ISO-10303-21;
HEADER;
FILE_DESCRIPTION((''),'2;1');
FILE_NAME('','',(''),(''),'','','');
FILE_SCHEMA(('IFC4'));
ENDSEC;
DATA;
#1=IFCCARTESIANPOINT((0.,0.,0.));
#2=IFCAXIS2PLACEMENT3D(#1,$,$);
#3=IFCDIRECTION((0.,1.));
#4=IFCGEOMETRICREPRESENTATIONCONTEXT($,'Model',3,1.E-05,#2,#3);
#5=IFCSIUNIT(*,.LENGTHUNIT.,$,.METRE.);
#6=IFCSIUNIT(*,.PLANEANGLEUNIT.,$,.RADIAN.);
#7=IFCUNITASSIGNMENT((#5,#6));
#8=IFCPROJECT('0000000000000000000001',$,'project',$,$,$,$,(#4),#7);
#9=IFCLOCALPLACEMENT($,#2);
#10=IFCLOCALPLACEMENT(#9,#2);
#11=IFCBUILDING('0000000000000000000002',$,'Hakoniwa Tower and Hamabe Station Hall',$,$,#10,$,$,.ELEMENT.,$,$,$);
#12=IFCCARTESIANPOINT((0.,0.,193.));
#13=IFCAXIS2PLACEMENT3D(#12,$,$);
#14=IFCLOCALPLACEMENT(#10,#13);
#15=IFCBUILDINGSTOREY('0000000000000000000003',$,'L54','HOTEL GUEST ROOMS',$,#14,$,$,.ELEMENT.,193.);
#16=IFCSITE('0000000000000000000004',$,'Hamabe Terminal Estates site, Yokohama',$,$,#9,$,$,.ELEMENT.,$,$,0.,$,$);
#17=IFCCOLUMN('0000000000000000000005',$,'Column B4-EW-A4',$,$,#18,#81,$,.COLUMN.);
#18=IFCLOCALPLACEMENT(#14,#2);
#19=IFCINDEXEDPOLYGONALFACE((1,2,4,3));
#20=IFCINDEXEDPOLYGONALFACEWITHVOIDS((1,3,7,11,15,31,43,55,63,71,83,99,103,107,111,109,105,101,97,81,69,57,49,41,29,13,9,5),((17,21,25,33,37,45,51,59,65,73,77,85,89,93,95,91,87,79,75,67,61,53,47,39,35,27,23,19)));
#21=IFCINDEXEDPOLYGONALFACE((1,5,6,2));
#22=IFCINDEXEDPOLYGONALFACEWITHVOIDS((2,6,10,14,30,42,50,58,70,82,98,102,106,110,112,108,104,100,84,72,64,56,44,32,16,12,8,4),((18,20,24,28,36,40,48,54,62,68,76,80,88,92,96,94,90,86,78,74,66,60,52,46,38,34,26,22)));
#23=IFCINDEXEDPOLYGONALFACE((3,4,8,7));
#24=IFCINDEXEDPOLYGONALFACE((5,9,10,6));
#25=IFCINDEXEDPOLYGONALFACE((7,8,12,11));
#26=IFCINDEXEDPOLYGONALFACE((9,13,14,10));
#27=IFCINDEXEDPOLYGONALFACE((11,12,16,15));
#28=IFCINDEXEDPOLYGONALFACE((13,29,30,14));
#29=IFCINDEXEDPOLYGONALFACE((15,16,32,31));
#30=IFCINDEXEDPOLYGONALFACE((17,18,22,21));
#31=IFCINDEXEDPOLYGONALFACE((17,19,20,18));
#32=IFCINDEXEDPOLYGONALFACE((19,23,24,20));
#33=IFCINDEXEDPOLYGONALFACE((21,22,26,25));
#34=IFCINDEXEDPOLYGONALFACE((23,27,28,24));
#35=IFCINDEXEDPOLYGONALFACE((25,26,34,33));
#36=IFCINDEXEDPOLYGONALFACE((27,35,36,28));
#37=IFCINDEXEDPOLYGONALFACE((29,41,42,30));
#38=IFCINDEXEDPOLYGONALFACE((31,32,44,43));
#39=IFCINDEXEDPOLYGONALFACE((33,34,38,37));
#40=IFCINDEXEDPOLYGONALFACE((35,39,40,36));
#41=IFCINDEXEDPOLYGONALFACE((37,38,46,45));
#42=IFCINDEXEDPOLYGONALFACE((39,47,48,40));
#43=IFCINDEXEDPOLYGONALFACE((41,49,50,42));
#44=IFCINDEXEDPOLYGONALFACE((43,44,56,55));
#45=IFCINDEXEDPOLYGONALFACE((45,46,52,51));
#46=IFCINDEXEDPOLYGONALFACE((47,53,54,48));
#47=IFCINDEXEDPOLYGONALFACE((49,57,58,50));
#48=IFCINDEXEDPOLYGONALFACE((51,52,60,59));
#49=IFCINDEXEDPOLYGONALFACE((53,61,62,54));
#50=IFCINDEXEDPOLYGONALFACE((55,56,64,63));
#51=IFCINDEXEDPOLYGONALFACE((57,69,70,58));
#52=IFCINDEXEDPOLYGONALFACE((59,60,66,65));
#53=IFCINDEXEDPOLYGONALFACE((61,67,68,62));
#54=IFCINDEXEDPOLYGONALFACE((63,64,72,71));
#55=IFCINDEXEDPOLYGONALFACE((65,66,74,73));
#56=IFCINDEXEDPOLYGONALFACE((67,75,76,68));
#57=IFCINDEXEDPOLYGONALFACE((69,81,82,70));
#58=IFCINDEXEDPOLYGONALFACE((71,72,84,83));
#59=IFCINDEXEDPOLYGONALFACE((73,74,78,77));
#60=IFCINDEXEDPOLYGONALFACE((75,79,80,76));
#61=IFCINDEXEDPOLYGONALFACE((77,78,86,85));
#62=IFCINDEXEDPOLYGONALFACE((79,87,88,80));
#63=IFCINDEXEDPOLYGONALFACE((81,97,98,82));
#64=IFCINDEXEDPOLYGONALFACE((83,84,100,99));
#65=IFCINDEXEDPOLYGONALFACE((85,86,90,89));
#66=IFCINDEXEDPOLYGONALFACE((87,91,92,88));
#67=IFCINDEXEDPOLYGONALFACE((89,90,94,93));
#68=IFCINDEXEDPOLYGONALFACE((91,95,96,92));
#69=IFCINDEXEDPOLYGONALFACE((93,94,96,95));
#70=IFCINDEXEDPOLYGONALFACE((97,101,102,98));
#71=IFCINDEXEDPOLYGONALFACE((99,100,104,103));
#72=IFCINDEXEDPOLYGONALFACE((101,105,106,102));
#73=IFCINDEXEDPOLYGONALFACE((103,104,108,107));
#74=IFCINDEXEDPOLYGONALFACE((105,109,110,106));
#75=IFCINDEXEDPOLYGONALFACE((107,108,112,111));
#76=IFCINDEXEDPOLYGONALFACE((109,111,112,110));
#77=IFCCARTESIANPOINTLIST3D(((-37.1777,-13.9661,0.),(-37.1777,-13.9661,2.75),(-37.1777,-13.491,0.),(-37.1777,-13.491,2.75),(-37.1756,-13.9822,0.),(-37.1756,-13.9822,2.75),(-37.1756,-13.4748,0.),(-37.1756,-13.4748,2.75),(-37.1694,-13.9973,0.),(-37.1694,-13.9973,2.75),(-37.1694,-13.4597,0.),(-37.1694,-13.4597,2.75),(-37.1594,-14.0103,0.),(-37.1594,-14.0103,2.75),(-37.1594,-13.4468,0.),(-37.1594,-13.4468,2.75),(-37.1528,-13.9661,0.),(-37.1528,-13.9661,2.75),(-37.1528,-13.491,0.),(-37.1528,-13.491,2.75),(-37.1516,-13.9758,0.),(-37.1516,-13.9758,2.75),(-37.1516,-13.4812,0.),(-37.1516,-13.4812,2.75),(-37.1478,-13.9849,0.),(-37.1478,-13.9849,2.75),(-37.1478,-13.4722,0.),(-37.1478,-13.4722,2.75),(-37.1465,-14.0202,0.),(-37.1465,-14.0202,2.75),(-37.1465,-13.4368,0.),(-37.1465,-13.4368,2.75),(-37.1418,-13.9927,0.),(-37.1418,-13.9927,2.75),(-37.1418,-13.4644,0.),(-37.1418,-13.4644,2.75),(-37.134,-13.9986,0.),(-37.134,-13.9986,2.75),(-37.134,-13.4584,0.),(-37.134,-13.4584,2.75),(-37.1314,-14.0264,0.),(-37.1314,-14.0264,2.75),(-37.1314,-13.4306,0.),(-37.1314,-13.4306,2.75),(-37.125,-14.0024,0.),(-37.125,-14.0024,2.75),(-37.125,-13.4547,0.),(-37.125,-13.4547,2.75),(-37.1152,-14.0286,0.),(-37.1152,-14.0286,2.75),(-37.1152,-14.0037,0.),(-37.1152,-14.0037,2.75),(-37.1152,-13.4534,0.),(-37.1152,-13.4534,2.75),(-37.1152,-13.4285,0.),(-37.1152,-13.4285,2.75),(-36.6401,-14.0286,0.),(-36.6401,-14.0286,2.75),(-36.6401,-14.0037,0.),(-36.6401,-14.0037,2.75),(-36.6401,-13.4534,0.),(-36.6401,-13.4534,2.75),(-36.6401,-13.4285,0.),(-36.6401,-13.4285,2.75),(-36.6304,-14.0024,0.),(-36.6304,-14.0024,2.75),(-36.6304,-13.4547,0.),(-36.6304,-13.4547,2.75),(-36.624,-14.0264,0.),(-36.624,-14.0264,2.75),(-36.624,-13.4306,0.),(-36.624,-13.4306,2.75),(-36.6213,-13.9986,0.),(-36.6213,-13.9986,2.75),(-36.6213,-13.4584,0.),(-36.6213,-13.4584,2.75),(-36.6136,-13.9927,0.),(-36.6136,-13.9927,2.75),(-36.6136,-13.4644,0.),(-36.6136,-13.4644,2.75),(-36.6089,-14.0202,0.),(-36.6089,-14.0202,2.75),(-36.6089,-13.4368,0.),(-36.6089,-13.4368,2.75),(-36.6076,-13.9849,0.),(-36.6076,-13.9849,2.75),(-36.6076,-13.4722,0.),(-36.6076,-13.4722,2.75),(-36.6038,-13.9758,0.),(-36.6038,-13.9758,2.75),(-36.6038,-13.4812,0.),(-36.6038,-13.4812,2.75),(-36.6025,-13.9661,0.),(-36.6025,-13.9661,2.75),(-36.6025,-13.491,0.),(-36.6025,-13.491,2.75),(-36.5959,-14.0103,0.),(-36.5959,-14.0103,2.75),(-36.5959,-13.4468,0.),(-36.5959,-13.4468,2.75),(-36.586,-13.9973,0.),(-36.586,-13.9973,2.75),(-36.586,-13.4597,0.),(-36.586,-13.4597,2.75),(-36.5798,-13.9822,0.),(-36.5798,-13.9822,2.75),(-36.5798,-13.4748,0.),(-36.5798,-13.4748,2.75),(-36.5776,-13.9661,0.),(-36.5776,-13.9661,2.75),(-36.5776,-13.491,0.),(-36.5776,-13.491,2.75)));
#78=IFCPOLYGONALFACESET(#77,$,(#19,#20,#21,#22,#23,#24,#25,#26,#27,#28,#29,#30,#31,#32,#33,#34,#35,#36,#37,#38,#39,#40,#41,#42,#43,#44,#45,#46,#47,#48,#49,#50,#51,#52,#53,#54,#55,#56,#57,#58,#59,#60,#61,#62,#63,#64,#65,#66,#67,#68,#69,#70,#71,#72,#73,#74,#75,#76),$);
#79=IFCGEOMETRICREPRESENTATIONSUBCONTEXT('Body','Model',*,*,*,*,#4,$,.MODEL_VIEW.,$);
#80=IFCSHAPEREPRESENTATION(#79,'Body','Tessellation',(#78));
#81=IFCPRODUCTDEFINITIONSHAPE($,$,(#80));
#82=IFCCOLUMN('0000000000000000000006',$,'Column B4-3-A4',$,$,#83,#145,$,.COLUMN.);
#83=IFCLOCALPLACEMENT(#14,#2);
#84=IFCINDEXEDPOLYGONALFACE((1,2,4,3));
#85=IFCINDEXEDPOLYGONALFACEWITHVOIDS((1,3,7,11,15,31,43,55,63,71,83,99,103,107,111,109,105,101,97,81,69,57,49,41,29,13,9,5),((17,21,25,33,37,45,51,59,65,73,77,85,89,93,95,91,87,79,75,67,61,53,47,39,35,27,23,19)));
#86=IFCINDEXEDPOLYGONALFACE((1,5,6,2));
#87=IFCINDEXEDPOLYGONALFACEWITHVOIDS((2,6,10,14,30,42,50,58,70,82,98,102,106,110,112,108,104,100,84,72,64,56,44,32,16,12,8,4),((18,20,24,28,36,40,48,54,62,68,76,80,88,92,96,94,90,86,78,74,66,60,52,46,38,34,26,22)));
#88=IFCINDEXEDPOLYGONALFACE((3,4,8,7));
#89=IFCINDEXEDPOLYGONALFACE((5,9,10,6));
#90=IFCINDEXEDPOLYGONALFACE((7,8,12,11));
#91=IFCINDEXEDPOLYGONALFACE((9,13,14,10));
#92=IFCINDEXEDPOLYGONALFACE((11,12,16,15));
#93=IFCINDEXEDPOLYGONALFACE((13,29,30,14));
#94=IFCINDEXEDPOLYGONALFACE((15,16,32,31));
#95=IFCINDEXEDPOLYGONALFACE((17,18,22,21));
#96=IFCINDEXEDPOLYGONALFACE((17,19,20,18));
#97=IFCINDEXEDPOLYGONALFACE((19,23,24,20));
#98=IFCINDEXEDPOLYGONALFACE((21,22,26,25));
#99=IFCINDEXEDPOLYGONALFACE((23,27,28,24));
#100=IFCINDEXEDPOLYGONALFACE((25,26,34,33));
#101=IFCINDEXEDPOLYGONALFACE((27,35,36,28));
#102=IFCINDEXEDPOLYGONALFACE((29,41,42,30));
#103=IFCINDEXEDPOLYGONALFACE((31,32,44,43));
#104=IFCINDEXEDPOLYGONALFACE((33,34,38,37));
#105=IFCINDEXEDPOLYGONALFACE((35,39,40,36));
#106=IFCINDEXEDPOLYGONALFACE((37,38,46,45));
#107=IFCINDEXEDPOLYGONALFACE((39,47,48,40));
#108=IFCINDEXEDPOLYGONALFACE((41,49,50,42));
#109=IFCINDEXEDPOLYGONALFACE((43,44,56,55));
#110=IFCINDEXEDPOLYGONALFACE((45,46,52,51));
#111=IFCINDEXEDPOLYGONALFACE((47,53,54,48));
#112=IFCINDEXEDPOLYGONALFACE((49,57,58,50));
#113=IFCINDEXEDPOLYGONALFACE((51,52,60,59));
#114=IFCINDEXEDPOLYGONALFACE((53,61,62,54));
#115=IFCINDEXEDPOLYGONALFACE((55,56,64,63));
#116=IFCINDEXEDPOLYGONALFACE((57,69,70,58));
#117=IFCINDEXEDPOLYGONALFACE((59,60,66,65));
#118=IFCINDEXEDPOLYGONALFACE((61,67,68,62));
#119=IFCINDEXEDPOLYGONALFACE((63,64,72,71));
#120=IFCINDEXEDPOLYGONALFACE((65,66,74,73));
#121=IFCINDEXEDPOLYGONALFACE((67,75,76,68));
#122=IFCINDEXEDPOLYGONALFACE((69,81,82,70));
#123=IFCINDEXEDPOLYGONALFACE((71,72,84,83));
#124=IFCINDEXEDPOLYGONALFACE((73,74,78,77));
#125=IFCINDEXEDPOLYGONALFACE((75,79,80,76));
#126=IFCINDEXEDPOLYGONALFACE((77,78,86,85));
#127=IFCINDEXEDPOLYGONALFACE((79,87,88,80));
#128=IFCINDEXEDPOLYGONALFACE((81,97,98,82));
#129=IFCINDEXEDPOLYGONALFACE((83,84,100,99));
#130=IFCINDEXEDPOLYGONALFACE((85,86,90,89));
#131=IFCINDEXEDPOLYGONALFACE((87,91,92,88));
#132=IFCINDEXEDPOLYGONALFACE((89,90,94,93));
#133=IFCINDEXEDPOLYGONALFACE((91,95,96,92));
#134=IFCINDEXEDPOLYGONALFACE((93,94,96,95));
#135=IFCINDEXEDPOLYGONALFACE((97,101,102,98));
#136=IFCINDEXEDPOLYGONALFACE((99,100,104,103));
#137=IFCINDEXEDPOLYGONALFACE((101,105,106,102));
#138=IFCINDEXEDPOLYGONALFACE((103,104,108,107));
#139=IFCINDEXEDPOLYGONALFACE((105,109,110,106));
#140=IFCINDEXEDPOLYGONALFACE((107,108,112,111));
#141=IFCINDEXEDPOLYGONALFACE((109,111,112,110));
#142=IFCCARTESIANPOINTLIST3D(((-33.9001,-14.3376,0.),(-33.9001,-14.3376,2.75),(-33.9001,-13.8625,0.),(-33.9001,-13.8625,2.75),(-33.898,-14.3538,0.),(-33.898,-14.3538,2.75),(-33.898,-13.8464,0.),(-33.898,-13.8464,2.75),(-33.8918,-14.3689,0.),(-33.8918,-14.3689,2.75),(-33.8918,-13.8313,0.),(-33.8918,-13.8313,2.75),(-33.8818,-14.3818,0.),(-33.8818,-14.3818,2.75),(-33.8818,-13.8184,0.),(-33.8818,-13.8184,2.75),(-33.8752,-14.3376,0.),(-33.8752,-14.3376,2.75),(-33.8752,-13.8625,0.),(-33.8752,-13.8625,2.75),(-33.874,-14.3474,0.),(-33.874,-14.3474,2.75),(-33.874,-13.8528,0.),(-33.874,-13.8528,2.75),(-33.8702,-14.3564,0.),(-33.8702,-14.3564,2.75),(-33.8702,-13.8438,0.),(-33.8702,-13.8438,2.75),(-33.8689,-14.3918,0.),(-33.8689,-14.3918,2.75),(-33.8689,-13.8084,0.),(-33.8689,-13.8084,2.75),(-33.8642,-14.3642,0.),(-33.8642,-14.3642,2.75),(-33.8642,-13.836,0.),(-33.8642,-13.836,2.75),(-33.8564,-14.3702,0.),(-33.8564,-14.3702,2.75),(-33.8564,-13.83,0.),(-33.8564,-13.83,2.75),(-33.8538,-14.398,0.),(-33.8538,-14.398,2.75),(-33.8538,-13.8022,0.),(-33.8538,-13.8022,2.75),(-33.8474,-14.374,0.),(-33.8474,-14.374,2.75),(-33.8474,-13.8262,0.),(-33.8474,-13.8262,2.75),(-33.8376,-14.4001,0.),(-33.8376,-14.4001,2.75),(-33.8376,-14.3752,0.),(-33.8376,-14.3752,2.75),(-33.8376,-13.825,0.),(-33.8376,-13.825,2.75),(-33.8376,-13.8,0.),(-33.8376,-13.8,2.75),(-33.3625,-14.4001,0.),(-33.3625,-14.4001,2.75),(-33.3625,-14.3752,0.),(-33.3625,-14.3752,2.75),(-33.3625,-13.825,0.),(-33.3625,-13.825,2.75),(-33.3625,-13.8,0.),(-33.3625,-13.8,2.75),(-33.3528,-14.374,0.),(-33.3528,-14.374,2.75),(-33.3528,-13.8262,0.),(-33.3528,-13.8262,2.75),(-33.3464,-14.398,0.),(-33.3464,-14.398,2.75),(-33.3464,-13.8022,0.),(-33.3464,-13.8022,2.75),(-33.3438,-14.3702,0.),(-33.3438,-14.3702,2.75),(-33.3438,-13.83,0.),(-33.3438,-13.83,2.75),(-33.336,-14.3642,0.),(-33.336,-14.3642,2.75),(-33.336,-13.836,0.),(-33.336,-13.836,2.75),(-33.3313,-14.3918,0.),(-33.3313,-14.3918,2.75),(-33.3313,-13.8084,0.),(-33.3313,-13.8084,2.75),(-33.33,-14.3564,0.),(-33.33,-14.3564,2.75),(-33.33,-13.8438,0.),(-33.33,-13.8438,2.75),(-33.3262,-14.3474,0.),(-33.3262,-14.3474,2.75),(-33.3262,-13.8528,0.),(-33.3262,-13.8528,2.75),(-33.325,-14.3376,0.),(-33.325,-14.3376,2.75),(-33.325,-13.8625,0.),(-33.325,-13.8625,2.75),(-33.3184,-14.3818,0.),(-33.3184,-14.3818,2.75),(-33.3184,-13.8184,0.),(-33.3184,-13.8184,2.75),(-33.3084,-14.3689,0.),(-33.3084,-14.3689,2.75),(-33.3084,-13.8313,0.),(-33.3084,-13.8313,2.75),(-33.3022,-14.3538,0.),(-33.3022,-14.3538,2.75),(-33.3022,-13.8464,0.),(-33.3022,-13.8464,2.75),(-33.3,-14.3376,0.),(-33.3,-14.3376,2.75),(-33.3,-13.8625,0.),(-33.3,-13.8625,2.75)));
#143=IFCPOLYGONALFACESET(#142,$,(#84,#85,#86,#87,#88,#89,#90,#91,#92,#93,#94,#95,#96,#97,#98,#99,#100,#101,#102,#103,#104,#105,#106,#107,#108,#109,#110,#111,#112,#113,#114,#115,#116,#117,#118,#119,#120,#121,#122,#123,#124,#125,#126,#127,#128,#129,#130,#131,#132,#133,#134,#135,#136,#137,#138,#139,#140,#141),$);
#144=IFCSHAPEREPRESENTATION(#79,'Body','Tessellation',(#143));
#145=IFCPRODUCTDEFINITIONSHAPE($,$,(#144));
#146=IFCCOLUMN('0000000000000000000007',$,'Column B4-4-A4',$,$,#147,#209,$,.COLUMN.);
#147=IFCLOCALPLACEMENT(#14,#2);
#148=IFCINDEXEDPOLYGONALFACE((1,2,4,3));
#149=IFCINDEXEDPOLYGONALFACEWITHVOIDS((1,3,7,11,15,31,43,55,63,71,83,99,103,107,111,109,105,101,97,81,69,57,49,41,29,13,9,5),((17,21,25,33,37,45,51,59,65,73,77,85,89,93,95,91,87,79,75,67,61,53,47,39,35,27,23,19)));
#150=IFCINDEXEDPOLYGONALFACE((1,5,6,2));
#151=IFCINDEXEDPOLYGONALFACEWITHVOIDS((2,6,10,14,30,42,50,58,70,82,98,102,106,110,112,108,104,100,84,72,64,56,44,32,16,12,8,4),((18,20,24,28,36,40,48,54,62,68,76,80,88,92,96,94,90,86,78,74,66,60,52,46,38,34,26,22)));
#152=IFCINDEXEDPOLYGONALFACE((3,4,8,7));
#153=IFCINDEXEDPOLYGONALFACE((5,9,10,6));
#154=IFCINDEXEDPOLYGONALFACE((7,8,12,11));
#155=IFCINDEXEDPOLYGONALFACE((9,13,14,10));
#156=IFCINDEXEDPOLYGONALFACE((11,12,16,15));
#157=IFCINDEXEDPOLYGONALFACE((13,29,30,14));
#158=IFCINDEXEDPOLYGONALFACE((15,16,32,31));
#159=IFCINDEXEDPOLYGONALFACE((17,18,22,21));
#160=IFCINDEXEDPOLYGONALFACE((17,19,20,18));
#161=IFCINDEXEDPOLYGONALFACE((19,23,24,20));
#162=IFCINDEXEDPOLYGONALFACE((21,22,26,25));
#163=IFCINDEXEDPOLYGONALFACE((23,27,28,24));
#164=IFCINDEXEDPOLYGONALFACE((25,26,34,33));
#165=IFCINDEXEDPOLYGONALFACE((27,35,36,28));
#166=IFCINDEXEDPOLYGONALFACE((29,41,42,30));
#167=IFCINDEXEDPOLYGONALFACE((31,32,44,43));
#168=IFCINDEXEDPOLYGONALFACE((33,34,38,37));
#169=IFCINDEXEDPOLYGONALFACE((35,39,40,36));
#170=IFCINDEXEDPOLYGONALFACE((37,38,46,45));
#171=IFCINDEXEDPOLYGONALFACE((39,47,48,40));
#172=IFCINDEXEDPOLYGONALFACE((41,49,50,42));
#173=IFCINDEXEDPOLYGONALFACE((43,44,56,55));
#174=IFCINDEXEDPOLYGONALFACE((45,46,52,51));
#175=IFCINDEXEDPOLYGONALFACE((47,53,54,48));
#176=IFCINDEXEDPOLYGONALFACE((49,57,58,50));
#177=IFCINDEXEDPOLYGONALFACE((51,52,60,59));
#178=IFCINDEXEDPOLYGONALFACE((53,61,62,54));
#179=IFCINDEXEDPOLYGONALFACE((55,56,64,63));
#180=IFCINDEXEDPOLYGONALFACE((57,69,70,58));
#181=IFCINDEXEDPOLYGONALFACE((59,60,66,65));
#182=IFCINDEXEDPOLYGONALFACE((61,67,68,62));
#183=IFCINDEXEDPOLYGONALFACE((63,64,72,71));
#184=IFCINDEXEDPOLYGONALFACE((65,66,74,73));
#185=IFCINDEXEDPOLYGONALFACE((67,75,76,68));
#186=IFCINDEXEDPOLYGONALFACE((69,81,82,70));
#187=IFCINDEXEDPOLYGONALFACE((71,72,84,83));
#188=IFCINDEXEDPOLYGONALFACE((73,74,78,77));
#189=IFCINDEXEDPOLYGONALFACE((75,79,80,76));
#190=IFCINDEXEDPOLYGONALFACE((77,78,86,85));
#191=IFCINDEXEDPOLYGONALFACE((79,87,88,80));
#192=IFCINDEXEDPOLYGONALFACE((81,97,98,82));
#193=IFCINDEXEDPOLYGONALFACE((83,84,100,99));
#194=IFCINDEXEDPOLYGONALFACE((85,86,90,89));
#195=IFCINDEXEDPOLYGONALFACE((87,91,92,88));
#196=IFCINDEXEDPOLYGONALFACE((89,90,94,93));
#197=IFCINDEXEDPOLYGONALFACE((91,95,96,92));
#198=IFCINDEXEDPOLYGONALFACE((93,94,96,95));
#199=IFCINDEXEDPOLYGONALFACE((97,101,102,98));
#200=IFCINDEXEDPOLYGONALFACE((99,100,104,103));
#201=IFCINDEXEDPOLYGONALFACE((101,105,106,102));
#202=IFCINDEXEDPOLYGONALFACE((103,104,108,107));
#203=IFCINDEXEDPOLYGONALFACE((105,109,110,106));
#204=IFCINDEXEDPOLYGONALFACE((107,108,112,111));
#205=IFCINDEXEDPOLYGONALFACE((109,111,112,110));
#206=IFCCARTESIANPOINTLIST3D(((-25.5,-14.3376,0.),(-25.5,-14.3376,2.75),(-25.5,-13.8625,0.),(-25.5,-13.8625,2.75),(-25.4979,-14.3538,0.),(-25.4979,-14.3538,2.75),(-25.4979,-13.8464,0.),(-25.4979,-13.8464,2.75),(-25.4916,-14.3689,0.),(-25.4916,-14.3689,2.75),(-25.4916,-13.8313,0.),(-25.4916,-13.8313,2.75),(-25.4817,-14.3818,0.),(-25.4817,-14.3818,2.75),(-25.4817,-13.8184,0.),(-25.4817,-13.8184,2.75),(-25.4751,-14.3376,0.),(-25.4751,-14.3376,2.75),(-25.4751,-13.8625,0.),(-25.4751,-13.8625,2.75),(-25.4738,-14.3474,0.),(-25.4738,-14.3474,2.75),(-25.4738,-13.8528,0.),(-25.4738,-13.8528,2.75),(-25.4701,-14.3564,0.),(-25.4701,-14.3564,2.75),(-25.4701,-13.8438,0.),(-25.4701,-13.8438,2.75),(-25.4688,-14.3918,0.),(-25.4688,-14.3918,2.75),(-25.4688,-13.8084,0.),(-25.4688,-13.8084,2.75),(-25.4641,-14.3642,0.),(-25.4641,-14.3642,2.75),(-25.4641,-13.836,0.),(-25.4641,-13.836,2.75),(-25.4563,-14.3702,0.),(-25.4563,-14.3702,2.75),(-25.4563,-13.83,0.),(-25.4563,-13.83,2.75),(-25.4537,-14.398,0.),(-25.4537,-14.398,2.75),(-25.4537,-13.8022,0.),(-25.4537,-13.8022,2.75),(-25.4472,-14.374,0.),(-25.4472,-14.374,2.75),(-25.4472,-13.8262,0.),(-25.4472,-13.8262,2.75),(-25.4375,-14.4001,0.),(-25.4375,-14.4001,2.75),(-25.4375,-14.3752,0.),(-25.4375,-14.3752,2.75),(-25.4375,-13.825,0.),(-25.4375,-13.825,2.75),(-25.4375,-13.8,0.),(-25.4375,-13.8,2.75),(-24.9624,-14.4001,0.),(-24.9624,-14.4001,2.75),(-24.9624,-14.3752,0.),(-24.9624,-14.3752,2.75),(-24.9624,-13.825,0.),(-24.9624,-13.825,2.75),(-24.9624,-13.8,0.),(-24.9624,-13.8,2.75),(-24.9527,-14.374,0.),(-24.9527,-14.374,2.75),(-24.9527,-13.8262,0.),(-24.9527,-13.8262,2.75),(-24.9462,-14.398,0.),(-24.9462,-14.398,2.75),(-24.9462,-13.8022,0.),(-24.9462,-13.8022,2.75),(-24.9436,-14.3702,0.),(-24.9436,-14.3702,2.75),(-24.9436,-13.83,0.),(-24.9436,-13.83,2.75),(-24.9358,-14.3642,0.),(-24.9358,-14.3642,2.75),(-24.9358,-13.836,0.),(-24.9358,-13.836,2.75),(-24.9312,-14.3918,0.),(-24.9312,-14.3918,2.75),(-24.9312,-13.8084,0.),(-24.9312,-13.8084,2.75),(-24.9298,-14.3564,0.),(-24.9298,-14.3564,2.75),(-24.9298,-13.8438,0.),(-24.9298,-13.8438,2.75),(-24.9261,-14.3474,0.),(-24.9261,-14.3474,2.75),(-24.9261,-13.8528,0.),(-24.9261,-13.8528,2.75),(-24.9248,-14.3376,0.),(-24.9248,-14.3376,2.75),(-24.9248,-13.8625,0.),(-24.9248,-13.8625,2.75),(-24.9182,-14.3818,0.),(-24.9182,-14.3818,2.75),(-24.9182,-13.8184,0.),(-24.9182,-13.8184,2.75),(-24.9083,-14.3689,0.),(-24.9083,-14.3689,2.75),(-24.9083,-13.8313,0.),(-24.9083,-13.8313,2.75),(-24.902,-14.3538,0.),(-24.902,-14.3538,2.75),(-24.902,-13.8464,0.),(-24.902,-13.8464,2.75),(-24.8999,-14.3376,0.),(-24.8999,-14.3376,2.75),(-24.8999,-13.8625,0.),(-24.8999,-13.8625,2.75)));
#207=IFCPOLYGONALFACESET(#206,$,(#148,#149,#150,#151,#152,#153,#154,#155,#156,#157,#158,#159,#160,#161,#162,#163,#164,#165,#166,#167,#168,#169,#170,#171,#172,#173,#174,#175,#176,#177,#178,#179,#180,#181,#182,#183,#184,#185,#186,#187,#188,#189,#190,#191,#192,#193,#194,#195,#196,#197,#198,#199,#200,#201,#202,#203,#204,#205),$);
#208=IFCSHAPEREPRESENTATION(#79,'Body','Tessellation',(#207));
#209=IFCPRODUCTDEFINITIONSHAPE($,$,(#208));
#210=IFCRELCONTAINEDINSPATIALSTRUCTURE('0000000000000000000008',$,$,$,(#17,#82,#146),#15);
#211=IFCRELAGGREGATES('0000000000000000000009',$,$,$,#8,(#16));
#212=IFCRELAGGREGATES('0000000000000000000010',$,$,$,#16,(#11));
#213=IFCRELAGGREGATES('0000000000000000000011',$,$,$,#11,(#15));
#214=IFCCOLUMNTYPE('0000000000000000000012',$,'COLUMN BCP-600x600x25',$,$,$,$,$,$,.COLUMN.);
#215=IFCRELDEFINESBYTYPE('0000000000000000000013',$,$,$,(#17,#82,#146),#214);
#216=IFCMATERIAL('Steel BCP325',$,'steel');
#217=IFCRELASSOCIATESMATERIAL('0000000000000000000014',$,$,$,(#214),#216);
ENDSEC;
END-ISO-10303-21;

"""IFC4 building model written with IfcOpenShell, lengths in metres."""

from ifc_helpers import new_model, si_unit, direction, frame, origin, origin_2d, place, context, subcontext, project, spatial, hollow_rectangle, extrude, material, material_profile, profile_set, type_object, element, save


model = new_model("IFC4")

# Units and contexts
model_context = context("Model", 3, precision=1e-05, world=origin(), true_north=direction((0.0, 1.0)))
body_context = subcontext(model_context, "Body", "Model", "MODEL_VIEW")
ifc_project = project(units=[si_unit("LENGTHUNIT", "METRE"), si_unit("PLANEANGLEUNIT", "RADIAN")], contexts=[model_context])

# Site, building, storey
site_placement = place(None, origin())
site = spatial("IfcSite", under=ifc_project, at=site_placement, Name="Hamabe Terminal Estates site, Yokohama", CompositionType="ELEMENT", RefElevation=0.0)
building_placement = place(site_placement, origin())
building = spatial("IfcBuilding", under=site, at=building_placement, Name="Hakoniwa Tower and Hamabe Station Hall", CompositionType="ELEMENT")
storey_placement = place(building_placement, frame((0.0, 0.0, 193.0)))
storey = spatial("IfcBuildingStorey", under=building, at=storey_placement, Name="L54", Description="HOTEL GUEST ROOMS", CompositionType="ELEMENT", Elevation=193.0)

# Columns
ifc_material_1 = material(Name="Steel BCP325", Category="steel")
ifc_material_profile_1 = material_profile(ifc_material_1, hollow_rectangle(XDim=0.6001, YDim=0.6001, WallThickness=0.0249, InnerFilletRadius=0.0376, OuterFilletRadius=0.0625, at=origin_2d()), Name="BCP-600x600x25")
ifc_profile_set_1 = profile_set([ifc_material_profile_1], Name="Steel BCP325")
column_type = type_object("IfcColumnType", Name="COLUMN BCP-600x600x25", PredefinedType="COLUMN", material=ifc_profile_set_1)
for number, where, z_axis, x_axis, name in (
    (1, (-36.8777, -13.7285, 0.0), (0.0, 0.0, 1.0), (1.0, 0.0, 0.0), "Column B4-EW-A4"),
    (2, (-33.6001, -14.1001, 0.0), (0.0, 0.0, 1.0), (1.0, 0.0, 0.0), "Column B4-3-A4"),
    (3, (-25.2, -14.1001, 0.0), (0.0, 0.0, 1.0), (1.0, 0.0, 0.0), "Column B4-4-A4"),
):
    element("IfcColumn", number, at=place(storey_placement, frame(where, z_axis=z_axis, x_axis=x_axis)), inside=storey, type_object=column_type, Name=name, PredefinedType="COLUMN", context=body_context, shape_type="SweptSolid", body=[
        extrude(hollow_rectangle(XDim=0.6001, YDim=0.6001, WallThickness=0.0249, InnerFilletRadius=0.0376, OuterFilletRadius=0.0625, at=origin_2d()), origin(), (0.0, 0.0, 1.0), 2.75),
    ])

save(model, "model.ifc")
